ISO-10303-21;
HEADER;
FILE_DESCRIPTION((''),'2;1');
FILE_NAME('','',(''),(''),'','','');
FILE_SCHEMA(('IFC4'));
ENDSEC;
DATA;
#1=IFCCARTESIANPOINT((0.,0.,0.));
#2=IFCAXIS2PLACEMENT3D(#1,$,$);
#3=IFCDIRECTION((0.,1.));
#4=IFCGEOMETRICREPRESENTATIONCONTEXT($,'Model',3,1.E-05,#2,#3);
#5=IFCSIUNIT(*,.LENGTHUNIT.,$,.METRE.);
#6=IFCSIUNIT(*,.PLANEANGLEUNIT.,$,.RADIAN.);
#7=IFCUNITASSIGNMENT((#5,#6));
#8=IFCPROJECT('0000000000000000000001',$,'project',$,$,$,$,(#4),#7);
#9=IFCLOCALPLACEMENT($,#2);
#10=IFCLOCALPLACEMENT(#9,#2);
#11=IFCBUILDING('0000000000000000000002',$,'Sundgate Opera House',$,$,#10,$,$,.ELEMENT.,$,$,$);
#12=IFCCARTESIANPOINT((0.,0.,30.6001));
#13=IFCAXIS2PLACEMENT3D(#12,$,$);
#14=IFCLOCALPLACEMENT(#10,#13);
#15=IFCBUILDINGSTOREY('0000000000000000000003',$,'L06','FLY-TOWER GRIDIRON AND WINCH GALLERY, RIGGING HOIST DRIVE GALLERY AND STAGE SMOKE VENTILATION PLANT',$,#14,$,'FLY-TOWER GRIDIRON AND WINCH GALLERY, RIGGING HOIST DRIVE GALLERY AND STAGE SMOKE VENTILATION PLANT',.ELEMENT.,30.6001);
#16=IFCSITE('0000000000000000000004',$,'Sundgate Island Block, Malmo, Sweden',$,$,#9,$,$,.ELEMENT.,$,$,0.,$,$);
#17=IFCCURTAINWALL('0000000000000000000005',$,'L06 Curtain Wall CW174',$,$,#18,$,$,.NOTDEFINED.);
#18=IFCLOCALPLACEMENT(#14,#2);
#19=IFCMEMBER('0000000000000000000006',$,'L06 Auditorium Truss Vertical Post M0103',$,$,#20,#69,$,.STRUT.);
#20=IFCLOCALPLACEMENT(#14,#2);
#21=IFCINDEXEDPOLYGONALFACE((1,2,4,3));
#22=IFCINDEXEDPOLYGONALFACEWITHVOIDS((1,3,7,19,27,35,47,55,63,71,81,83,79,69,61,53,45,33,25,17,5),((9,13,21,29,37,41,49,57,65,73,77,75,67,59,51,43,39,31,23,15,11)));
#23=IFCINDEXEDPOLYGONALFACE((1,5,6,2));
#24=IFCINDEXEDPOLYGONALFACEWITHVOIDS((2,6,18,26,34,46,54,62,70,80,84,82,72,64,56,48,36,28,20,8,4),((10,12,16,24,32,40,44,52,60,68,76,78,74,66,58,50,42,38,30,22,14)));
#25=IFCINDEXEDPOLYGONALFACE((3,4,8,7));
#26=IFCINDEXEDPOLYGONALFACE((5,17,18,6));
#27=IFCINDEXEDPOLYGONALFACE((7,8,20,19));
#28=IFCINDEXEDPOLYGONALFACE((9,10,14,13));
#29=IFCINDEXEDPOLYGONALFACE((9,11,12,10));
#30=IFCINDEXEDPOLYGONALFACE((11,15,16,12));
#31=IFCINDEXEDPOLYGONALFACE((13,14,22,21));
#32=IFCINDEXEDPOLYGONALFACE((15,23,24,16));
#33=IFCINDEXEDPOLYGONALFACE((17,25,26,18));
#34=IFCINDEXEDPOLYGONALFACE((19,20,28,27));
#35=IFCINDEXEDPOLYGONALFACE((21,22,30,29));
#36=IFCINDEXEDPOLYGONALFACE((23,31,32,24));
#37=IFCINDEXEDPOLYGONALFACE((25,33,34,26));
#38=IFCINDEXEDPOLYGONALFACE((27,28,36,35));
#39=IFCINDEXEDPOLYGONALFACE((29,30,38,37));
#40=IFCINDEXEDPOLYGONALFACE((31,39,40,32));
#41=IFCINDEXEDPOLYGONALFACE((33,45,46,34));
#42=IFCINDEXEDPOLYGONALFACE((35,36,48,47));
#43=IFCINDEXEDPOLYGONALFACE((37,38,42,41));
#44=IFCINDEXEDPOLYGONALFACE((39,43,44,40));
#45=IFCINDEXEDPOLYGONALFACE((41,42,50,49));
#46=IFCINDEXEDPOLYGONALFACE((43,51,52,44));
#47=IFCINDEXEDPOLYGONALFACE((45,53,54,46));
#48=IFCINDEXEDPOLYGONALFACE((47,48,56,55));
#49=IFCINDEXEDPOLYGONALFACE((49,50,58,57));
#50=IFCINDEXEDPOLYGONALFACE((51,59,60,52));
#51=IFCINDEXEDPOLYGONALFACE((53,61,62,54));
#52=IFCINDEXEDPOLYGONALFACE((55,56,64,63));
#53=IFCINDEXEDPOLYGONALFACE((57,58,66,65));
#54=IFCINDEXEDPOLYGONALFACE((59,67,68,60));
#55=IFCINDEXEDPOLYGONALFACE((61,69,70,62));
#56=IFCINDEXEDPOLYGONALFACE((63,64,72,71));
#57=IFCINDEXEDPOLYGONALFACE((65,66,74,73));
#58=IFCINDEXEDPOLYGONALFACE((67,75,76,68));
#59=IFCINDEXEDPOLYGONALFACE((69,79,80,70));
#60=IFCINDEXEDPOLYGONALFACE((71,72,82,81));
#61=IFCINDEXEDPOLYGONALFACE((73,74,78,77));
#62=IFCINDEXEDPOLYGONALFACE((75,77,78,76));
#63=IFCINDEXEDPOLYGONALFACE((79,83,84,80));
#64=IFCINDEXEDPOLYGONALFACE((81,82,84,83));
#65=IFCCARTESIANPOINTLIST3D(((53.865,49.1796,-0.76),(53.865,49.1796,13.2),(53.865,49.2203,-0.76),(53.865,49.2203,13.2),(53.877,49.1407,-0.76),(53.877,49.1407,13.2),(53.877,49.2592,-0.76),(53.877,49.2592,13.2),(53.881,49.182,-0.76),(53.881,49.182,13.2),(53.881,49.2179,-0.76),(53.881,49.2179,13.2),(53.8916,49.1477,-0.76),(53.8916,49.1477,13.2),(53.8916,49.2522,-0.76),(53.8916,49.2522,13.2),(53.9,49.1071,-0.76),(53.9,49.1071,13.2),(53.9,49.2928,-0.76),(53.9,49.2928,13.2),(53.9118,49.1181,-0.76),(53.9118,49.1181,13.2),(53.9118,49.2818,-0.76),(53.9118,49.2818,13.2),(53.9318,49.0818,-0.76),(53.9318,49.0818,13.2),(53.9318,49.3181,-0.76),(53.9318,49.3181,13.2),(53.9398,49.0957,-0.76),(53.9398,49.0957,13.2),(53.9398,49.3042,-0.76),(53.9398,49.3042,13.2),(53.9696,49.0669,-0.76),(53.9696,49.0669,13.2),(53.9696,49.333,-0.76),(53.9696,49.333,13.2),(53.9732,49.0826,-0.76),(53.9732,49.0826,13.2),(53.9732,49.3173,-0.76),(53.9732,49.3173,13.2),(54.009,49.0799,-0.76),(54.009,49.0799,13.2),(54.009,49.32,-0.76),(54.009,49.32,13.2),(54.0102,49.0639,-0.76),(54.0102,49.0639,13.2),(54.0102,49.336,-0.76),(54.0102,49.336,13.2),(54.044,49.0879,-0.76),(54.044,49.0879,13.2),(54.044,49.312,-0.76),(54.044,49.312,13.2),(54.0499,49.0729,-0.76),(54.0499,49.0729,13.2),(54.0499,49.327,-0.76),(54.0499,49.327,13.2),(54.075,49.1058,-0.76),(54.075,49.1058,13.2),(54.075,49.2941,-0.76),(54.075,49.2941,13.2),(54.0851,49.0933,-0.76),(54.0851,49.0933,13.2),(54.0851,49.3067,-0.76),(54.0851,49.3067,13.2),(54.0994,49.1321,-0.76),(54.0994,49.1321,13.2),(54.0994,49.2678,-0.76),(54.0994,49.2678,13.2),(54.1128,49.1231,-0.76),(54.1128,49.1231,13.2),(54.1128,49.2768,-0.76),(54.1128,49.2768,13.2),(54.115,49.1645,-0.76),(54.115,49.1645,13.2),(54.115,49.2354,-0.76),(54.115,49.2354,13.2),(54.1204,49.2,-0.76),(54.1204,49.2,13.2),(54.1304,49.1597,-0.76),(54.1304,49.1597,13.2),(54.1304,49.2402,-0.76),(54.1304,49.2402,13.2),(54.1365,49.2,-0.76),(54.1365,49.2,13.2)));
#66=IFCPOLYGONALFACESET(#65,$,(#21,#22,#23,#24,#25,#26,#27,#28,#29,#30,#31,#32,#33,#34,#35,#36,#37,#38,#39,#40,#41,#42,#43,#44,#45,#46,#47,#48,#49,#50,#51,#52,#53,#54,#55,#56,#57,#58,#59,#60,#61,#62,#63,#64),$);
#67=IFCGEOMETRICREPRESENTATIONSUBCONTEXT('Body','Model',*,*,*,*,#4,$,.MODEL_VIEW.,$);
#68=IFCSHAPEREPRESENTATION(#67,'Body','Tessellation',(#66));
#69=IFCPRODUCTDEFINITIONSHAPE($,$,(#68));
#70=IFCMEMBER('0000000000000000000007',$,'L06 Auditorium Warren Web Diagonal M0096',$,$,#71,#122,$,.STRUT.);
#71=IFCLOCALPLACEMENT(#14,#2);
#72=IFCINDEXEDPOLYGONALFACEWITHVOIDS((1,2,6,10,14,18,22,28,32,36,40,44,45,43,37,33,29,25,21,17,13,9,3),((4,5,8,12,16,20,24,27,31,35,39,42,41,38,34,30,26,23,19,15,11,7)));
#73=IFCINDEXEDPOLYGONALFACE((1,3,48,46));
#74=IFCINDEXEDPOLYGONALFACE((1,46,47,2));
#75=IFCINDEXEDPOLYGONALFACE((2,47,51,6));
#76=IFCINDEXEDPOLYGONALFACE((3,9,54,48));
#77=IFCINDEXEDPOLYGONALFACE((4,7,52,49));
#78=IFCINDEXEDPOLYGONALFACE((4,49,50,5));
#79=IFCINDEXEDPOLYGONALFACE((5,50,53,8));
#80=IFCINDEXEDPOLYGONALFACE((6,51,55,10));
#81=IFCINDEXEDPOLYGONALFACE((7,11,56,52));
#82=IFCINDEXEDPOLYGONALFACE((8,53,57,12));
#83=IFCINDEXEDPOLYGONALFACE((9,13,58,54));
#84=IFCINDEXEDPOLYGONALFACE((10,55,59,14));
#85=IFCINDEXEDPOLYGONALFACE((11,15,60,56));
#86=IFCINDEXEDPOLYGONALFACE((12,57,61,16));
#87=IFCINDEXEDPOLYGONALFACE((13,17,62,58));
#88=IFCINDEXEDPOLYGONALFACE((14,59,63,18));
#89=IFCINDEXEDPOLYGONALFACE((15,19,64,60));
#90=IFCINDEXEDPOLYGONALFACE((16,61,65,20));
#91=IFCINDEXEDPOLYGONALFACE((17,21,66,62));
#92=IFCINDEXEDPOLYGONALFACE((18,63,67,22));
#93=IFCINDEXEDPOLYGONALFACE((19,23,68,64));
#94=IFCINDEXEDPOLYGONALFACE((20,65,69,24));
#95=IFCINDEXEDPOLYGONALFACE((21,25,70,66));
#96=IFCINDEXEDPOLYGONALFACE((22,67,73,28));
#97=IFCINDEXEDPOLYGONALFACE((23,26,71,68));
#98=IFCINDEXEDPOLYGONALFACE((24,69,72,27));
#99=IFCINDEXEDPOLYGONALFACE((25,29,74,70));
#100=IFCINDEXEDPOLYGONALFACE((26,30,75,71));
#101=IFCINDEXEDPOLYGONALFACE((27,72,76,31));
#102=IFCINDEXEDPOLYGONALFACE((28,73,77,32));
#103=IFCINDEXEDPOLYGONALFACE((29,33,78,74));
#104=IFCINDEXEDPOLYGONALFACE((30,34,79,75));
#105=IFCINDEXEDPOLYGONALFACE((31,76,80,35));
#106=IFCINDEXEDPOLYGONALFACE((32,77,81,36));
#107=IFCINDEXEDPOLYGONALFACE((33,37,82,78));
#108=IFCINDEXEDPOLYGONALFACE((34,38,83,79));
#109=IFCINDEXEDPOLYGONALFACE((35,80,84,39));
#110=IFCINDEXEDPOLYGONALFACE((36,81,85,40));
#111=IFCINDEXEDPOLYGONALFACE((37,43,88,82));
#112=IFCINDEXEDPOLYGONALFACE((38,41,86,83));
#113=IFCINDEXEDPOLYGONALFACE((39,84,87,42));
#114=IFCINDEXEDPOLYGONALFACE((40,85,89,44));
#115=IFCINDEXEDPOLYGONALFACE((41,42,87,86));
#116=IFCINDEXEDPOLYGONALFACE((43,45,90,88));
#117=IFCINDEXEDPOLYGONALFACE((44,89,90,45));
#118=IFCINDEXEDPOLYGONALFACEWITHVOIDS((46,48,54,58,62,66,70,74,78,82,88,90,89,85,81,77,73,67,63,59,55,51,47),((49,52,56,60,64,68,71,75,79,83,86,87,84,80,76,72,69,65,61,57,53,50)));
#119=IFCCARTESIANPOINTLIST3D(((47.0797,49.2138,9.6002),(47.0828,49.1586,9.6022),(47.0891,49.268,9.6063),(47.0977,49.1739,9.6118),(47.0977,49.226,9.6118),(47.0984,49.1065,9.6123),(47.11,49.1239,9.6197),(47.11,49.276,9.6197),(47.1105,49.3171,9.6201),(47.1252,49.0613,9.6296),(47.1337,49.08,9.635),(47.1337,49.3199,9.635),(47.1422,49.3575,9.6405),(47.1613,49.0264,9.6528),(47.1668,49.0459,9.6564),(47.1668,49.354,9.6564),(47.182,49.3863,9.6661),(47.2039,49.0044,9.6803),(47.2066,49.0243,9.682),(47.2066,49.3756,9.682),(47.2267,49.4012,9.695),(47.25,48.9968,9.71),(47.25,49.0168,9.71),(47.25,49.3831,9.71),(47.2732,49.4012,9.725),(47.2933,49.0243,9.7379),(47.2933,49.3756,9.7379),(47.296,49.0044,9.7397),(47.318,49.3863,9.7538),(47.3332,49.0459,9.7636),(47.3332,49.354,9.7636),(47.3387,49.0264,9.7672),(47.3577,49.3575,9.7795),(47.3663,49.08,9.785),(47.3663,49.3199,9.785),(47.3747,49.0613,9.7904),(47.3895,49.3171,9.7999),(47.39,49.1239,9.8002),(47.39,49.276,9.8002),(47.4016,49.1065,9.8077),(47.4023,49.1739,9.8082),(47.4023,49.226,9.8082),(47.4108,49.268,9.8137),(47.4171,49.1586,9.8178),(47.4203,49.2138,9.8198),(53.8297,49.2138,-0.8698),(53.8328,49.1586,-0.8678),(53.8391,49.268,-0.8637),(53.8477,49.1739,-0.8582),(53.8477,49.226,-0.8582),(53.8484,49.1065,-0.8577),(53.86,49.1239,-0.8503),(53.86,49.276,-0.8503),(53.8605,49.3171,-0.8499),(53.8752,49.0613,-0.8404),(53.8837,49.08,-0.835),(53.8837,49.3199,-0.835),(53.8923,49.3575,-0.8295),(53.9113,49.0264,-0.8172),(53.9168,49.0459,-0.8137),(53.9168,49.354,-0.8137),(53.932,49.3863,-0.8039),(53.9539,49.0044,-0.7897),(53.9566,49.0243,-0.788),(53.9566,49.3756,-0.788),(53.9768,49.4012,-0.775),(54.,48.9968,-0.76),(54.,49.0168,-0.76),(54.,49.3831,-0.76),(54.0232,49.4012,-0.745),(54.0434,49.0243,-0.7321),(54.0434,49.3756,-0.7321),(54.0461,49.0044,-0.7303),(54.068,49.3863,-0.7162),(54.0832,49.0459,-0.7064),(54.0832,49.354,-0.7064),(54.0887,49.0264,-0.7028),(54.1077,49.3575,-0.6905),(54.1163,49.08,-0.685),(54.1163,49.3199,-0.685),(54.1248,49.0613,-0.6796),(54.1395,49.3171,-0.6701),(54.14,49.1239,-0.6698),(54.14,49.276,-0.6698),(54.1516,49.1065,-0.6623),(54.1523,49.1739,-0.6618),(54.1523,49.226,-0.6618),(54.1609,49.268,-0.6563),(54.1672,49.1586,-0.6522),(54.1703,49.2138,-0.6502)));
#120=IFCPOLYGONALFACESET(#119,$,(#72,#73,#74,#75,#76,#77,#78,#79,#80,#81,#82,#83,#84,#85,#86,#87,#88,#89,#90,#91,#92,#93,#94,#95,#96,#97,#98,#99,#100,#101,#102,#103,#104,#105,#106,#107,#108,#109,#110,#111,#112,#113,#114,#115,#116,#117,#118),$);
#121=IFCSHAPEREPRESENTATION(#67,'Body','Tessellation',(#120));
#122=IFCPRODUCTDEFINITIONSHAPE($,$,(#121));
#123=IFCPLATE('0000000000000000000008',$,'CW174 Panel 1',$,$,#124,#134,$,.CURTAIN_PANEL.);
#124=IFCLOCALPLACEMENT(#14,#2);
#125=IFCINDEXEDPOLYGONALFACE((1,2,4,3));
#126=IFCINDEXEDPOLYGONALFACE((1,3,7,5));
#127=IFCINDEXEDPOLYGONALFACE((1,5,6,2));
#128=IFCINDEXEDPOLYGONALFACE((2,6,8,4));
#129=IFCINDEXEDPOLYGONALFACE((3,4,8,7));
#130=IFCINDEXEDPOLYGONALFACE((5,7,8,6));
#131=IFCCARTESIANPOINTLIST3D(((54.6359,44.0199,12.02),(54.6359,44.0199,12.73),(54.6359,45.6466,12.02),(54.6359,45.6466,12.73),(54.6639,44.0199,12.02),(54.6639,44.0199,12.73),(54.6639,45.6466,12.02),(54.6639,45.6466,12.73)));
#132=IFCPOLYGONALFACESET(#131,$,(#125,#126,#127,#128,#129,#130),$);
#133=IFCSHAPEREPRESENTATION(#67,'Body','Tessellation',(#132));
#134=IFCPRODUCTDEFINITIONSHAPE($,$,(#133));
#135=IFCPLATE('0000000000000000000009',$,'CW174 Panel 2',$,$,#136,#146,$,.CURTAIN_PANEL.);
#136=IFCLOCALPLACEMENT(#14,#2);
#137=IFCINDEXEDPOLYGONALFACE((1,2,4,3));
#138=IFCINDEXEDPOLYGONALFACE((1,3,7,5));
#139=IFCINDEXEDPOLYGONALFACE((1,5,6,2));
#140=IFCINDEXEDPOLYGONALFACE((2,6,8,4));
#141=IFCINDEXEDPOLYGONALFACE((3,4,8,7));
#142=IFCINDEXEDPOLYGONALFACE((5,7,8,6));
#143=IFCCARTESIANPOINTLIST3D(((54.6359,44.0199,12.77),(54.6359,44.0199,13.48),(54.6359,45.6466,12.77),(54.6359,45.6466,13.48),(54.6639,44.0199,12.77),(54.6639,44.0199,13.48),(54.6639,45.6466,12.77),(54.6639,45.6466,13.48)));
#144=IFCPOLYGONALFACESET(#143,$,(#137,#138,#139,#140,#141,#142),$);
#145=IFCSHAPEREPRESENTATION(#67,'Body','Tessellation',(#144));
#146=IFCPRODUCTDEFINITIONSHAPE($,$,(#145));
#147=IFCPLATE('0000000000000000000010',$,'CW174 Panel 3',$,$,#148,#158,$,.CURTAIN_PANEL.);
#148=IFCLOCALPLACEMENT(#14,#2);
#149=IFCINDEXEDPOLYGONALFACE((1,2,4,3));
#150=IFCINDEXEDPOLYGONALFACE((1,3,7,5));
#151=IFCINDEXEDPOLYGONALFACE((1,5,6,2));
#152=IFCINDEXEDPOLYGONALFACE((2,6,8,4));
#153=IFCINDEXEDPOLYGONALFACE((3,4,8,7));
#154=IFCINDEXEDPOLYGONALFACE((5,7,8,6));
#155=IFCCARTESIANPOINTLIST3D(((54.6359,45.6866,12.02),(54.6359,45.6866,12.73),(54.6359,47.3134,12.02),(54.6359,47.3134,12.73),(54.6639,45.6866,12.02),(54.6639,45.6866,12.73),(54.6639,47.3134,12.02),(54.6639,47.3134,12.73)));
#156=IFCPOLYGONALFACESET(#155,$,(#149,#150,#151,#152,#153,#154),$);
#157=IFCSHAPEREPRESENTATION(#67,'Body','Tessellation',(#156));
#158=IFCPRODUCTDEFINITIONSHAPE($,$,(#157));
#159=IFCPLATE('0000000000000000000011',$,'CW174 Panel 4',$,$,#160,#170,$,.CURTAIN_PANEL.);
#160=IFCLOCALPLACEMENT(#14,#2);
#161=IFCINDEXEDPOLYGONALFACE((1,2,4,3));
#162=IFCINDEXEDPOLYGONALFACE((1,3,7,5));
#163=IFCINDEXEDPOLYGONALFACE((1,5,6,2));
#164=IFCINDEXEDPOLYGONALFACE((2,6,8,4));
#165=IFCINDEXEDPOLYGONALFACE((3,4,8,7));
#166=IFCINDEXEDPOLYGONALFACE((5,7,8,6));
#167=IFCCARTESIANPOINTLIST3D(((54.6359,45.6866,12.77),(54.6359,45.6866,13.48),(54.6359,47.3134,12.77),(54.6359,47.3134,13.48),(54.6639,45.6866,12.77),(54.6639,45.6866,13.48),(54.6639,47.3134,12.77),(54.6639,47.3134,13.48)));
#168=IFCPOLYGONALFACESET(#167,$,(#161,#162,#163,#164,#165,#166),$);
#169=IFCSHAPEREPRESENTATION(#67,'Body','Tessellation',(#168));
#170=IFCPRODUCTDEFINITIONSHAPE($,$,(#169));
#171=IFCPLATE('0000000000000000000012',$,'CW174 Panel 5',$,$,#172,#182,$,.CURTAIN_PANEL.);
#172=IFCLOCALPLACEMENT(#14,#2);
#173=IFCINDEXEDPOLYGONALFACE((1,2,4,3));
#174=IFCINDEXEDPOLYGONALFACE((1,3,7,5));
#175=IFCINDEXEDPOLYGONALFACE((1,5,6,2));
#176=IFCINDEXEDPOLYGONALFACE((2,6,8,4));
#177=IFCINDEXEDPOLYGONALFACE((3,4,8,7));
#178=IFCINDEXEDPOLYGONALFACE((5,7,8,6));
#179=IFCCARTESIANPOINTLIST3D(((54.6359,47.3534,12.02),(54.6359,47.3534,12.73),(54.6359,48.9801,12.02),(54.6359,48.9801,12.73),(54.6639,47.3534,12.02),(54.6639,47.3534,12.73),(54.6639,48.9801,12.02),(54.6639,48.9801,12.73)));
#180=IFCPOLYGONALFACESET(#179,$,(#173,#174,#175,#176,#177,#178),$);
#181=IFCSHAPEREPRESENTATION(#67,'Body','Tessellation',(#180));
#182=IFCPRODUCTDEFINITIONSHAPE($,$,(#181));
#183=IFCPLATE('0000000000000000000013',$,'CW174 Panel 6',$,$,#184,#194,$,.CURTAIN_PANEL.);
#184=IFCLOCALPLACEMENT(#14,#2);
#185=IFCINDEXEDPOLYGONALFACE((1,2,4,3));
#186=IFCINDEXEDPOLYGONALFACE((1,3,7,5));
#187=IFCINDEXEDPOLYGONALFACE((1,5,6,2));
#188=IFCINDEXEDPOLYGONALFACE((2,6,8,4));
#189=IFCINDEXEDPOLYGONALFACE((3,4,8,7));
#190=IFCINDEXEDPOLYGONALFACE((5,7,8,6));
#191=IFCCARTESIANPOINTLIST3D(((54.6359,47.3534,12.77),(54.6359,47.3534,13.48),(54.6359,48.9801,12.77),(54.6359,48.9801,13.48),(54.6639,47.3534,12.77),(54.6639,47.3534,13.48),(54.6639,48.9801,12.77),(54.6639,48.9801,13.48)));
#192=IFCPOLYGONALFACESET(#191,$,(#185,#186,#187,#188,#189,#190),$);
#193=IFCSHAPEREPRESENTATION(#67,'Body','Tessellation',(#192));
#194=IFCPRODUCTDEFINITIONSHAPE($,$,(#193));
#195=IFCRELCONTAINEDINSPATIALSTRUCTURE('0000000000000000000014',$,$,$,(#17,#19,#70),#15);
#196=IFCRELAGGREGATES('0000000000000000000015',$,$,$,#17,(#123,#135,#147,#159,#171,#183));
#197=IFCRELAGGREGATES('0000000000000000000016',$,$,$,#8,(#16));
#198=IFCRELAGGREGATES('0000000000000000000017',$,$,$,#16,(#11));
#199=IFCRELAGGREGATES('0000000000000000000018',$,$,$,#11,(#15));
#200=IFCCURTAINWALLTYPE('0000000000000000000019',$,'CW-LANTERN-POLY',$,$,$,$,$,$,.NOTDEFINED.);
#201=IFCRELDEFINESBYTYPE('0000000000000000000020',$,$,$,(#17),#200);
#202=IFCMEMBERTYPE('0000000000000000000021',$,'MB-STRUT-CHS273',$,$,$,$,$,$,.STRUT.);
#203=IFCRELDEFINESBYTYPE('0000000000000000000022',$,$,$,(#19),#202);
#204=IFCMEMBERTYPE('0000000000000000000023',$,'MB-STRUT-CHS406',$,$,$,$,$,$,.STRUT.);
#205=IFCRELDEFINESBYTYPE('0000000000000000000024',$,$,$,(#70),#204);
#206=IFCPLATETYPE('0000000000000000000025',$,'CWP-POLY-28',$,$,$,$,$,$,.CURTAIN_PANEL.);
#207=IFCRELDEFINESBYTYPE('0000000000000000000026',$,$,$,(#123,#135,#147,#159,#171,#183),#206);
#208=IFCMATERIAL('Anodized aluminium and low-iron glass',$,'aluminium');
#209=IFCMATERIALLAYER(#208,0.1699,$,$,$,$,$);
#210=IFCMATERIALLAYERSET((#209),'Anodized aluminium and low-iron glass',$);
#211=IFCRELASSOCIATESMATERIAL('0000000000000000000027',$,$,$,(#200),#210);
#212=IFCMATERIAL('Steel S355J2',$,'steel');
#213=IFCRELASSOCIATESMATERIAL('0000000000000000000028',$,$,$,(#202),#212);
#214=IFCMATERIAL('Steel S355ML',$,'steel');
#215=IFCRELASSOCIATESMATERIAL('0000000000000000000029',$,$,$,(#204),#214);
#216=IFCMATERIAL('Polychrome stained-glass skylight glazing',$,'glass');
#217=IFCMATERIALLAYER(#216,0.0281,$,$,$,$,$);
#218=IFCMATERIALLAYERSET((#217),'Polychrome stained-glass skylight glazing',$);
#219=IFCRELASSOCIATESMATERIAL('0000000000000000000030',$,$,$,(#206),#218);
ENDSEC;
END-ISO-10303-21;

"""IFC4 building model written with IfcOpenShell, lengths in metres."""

from ifc_helpers import new_model, si_unit, direction, frame, origin, origin_2d, place, context, subcontext, project, spatial, rectangle, hollow_circle, extrude, material, layer, layer_set, material_profile, profile_set, type_object, element, aggregate, save


model = new_model("IFC4")

# Units and contexts
model_context = context("Model", 3, precision=1e-05, world=origin(), true_north=direction((0.0, 1.0)))
body_context = subcontext(model_context, "Body", "Model", "MODEL_VIEW")
ifc_project = project(units=[si_unit("LENGTHUNIT", "METRE"), si_unit("PLANEANGLEUNIT", "RADIAN")], contexts=[model_context])

# Site, building, storey
site_placement = place(None, origin())
site = spatial("IfcSite", under=ifc_project, at=site_placement, Name="Sundgate Island Block, Malmo, Sweden", CompositionType="ELEMENT", RefElevation=0.0)
building_placement = place(site_placement, origin())
building = spatial("IfcBuilding", under=site, at=building_placement, Name="Sundgate Opera House", CompositionType="ELEMENT")
storey_placement = place(building_placement, frame((0.0, 0.0, 30.6001)))
storey = spatial("IfcBuildingStorey", under=building, at=storey_placement, Name="L06", Description="FLY-TOWER GRIDIRON AND WINCH GALLERY, RIGGING HOIST DRIVE GALLERY AND STAGE SMOKE VENTILATION PLANT", LongName="FLY-TOWER GRIDIRON AND WINCH GALLERY, RIGGING HOIST DRIVE GALLERY AND STAGE SMOKE VENTILATION PLANT", CompositionType="ELEMENT", Elevation=30.6001)

# Curtain wall
ifc_material_1 = material(Name="Anodized aluminium and low-iron glass", Category="aluminium")
ifc_layer_1 = layer(ifc_material_1, 0.1699)
ifc_layer_set_1 = layer_set([ifc_layer_1], Name="Anodized aluminium and low-iron glass")
curtain_wall_type = type_object("IfcCurtainWallType", Name="CW-LANTERN-POLY", PredefinedType="NOTDEFINED", material=ifc_layer_set_1)
curtain_wall_placement = place(storey_placement, origin())
curtain_wall = element("IfcCurtainWall", 1, at=curtain_wall_placement, inside=storey, type_object=curtain_wall_type, Name="L06 Curtain Wall CW174", PredefinedType="NOTDEFINED")

# Members
ifc_material_2 = material(Name="Steel S355J2", Category="steel")
ifc_material_profile_1 = material_profile(ifc_material_2, hollow_circle(Radius=0.1365, WallThickness=0.0161, at=origin_2d()), Name="CHS 273.0x16.0")
ifc_profile_set_1 = profile_set([ifc_material_profile_1], Name="Steel S355J2")
member_type_1 = type_object("IfcMemberType", Name="MB-STRUT-CHS273", PredefinedType="STRUT", material=ifc_profile_set_1)
member_1_placement = place(storey_placement, frame((54.0, 49.2, -0.76), z_axis=(0.0, 0.0, 1.0), x_axis=(1.0, 0.0, 0.0)))
element("IfcMember", 2, at=member_1_placement, inside=storey, type_object=member_type_1, Name="L06 Auditorium Truss Vertical Post M0103", PredefinedType="STRUT", context=body_context, shape_type="SweptSolid", body=[
    extrude(hollow_circle(Radius=0.1365, WallThickness=0.0161, at=origin_2d()), origin(), (0.0, 0.0, 1.0), 13.96),
])
ifc_material_3 = material(Name="Steel S355ML", Category="steel")
ifc_material_profile_2 = material_profile(ifc_material_3, hollow_circle(Radius=0.2031, WallThickness=0.02, at=origin_2d()), Name="CHS 406.4x20.0")
ifc_profile_set_2 = profile_set([ifc_material_profile_2], Name="Steel S355ML")
member_type_2 = type_object("IfcMemberType", Name="MB-STRUT-CHS406", PredefinedType="STRUT", material=ifc_profile_set_2)
member_2_placement = place(storey_placement, frame((54.0, 49.2, -0.76), z_axis=(-0.541854, 0.0, 0.840473), x_axis=(0.0, -1.0, 0.0)))
element("IfcMember", 3, at=member_2_placement, inside=storey, type_object=member_type_2, Name="L06 Auditorium Warren Web Diagonal M0096", PredefinedType="STRUT", context=body_context, shape_type="SweptSolid", body=[
    extrude(hollow_circle(Radius=0.2031, WallThickness=0.02, at=origin_2d()), origin(), (0.0, 0.0, 1.0), 12.4573),
])

# Plates
ifc_material_4 = material(Name="Polychrome stained-glass skylight glazing", Category="glass")
ifc_layer_2 = layer(ifc_material_4, 0.0281)
ifc_layer_set_2 = layer_set([ifc_layer_2], Name="Polychrome stained-glass skylight glazing")
plate_type_1 = type_object("IfcPlateType", Name="CWP-POLY-28", PredefinedType="CURTAIN_PANEL", material=ifc_layer_set_2)
plate_1_placement = place(storey_placement, frame((54.6499, 44.8333, 12.02), z_axis=(0.0, 0.0, 1.0), x_axis=(0.0, 1.0, 0.0)))
plate_1 = element("IfcPlate", 4, at=plate_1_placement, type_object=plate_type_1, Name="CW174 Panel 1", PredefinedType="CURTAIN_PANEL", context=body_context, shape_type="SweptSolid", body=[
    extrude(rectangle(XDim=1.6267, YDim=0.0281, at=origin_2d()), origin(), (0.0, 0.0, 1.0), 0.71),
])
plate_2_placement = place(storey_placement, frame((54.6499, 44.8333, 12.77), z_axis=(0.0, 0.0, 1.0), x_axis=(0.0, 1.0, 0.0)))
plate_2 = element("IfcPlate", 5, at=plate_2_placement, type_object=plate_type_1, Name="CW174 Panel 2", PredefinedType="CURTAIN_PANEL", context=body_context, shape_type="SweptSolid", body=[
    extrude(rectangle(XDim=1.6267, YDim=0.0281, at=origin_2d()), origin(), (0.0, 0.0, 1.0), 0.71),
])
plate_3_placement = place(storey_placement, frame((54.6499, 46.5, 12.02), z_axis=(0.0, 0.0, 1.0), x_axis=(0.0, 1.0, 0.0)))
plate_3 = element("IfcPlate", 6, at=plate_3_placement, type_object=plate_type_1, Name="CW174 Panel 3", PredefinedType="CURTAIN_PANEL", context=body_context, shape_type="SweptSolid", body=[
    extrude(rectangle(XDim=1.6267, YDim=0.0281, at=origin_2d()), origin(), (0.0, 0.0, 1.0), 0.71),
])
plate_4_placement = place(storey_placement, frame((54.6499, 46.5, 12.77), z_axis=(0.0, 0.0, 1.0), x_axis=(0.0, 1.0, 0.0)))
plate_4 = element("IfcPlate", 7, at=plate_4_placement, type_object=plate_type_1, Name="CW174 Panel 4", PredefinedType="CURTAIN_PANEL", context=body_context, shape_type="SweptSolid", body=[
    extrude(rectangle(XDim=1.6267, YDim=0.0281, at=origin_2d()), origin(), (0.0, 0.0, 1.0), 0.71),
])
plate_5_placement = place(storey_placement, frame((54.6499, 48.1667, 12.02), z_axis=(0.0, 0.0, 1.0), x_axis=(0.0, 1.0, 0.0)))
plate_5 = element("IfcPlate", 8, at=plate_5_placement, type_object=plate_type_1, Name="CW174 Panel 5", PredefinedType="CURTAIN_PANEL", context=body_context, shape_type="SweptSolid", body=[
    extrude(rectangle(XDim=1.6267, YDim=0.0281, at=origin_2d()), origin(), (0.0, 0.0, 1.0), 0.71),
])
plate_6_placement = place(storey_placement, frame((54.6499, 48.1667, 12.77), z_axis=(0.0, 0.0, 1.0), x_axis=(0.0, 1.0, 0.0)))
plate_6 = element("IfcPlate", 9, at=plate_6_placement, type_object=plate_type_1, Name="CW174 Panel 6", PredefinedType="CURTAIN_PANEL", context=body_context, shape_type="SweptSolid", body=[
    extrude(rectangle(XDim=1.6267, YDim=0.0281, at=origin_2d()), origin(), (0.0, 0.0, 1.0), 0.71),
])
aggregate(curtain_wall, [plate_1, plate_2, plate_3, plate_4, plate_5, plate_6])

save(model, "model.ifc")
